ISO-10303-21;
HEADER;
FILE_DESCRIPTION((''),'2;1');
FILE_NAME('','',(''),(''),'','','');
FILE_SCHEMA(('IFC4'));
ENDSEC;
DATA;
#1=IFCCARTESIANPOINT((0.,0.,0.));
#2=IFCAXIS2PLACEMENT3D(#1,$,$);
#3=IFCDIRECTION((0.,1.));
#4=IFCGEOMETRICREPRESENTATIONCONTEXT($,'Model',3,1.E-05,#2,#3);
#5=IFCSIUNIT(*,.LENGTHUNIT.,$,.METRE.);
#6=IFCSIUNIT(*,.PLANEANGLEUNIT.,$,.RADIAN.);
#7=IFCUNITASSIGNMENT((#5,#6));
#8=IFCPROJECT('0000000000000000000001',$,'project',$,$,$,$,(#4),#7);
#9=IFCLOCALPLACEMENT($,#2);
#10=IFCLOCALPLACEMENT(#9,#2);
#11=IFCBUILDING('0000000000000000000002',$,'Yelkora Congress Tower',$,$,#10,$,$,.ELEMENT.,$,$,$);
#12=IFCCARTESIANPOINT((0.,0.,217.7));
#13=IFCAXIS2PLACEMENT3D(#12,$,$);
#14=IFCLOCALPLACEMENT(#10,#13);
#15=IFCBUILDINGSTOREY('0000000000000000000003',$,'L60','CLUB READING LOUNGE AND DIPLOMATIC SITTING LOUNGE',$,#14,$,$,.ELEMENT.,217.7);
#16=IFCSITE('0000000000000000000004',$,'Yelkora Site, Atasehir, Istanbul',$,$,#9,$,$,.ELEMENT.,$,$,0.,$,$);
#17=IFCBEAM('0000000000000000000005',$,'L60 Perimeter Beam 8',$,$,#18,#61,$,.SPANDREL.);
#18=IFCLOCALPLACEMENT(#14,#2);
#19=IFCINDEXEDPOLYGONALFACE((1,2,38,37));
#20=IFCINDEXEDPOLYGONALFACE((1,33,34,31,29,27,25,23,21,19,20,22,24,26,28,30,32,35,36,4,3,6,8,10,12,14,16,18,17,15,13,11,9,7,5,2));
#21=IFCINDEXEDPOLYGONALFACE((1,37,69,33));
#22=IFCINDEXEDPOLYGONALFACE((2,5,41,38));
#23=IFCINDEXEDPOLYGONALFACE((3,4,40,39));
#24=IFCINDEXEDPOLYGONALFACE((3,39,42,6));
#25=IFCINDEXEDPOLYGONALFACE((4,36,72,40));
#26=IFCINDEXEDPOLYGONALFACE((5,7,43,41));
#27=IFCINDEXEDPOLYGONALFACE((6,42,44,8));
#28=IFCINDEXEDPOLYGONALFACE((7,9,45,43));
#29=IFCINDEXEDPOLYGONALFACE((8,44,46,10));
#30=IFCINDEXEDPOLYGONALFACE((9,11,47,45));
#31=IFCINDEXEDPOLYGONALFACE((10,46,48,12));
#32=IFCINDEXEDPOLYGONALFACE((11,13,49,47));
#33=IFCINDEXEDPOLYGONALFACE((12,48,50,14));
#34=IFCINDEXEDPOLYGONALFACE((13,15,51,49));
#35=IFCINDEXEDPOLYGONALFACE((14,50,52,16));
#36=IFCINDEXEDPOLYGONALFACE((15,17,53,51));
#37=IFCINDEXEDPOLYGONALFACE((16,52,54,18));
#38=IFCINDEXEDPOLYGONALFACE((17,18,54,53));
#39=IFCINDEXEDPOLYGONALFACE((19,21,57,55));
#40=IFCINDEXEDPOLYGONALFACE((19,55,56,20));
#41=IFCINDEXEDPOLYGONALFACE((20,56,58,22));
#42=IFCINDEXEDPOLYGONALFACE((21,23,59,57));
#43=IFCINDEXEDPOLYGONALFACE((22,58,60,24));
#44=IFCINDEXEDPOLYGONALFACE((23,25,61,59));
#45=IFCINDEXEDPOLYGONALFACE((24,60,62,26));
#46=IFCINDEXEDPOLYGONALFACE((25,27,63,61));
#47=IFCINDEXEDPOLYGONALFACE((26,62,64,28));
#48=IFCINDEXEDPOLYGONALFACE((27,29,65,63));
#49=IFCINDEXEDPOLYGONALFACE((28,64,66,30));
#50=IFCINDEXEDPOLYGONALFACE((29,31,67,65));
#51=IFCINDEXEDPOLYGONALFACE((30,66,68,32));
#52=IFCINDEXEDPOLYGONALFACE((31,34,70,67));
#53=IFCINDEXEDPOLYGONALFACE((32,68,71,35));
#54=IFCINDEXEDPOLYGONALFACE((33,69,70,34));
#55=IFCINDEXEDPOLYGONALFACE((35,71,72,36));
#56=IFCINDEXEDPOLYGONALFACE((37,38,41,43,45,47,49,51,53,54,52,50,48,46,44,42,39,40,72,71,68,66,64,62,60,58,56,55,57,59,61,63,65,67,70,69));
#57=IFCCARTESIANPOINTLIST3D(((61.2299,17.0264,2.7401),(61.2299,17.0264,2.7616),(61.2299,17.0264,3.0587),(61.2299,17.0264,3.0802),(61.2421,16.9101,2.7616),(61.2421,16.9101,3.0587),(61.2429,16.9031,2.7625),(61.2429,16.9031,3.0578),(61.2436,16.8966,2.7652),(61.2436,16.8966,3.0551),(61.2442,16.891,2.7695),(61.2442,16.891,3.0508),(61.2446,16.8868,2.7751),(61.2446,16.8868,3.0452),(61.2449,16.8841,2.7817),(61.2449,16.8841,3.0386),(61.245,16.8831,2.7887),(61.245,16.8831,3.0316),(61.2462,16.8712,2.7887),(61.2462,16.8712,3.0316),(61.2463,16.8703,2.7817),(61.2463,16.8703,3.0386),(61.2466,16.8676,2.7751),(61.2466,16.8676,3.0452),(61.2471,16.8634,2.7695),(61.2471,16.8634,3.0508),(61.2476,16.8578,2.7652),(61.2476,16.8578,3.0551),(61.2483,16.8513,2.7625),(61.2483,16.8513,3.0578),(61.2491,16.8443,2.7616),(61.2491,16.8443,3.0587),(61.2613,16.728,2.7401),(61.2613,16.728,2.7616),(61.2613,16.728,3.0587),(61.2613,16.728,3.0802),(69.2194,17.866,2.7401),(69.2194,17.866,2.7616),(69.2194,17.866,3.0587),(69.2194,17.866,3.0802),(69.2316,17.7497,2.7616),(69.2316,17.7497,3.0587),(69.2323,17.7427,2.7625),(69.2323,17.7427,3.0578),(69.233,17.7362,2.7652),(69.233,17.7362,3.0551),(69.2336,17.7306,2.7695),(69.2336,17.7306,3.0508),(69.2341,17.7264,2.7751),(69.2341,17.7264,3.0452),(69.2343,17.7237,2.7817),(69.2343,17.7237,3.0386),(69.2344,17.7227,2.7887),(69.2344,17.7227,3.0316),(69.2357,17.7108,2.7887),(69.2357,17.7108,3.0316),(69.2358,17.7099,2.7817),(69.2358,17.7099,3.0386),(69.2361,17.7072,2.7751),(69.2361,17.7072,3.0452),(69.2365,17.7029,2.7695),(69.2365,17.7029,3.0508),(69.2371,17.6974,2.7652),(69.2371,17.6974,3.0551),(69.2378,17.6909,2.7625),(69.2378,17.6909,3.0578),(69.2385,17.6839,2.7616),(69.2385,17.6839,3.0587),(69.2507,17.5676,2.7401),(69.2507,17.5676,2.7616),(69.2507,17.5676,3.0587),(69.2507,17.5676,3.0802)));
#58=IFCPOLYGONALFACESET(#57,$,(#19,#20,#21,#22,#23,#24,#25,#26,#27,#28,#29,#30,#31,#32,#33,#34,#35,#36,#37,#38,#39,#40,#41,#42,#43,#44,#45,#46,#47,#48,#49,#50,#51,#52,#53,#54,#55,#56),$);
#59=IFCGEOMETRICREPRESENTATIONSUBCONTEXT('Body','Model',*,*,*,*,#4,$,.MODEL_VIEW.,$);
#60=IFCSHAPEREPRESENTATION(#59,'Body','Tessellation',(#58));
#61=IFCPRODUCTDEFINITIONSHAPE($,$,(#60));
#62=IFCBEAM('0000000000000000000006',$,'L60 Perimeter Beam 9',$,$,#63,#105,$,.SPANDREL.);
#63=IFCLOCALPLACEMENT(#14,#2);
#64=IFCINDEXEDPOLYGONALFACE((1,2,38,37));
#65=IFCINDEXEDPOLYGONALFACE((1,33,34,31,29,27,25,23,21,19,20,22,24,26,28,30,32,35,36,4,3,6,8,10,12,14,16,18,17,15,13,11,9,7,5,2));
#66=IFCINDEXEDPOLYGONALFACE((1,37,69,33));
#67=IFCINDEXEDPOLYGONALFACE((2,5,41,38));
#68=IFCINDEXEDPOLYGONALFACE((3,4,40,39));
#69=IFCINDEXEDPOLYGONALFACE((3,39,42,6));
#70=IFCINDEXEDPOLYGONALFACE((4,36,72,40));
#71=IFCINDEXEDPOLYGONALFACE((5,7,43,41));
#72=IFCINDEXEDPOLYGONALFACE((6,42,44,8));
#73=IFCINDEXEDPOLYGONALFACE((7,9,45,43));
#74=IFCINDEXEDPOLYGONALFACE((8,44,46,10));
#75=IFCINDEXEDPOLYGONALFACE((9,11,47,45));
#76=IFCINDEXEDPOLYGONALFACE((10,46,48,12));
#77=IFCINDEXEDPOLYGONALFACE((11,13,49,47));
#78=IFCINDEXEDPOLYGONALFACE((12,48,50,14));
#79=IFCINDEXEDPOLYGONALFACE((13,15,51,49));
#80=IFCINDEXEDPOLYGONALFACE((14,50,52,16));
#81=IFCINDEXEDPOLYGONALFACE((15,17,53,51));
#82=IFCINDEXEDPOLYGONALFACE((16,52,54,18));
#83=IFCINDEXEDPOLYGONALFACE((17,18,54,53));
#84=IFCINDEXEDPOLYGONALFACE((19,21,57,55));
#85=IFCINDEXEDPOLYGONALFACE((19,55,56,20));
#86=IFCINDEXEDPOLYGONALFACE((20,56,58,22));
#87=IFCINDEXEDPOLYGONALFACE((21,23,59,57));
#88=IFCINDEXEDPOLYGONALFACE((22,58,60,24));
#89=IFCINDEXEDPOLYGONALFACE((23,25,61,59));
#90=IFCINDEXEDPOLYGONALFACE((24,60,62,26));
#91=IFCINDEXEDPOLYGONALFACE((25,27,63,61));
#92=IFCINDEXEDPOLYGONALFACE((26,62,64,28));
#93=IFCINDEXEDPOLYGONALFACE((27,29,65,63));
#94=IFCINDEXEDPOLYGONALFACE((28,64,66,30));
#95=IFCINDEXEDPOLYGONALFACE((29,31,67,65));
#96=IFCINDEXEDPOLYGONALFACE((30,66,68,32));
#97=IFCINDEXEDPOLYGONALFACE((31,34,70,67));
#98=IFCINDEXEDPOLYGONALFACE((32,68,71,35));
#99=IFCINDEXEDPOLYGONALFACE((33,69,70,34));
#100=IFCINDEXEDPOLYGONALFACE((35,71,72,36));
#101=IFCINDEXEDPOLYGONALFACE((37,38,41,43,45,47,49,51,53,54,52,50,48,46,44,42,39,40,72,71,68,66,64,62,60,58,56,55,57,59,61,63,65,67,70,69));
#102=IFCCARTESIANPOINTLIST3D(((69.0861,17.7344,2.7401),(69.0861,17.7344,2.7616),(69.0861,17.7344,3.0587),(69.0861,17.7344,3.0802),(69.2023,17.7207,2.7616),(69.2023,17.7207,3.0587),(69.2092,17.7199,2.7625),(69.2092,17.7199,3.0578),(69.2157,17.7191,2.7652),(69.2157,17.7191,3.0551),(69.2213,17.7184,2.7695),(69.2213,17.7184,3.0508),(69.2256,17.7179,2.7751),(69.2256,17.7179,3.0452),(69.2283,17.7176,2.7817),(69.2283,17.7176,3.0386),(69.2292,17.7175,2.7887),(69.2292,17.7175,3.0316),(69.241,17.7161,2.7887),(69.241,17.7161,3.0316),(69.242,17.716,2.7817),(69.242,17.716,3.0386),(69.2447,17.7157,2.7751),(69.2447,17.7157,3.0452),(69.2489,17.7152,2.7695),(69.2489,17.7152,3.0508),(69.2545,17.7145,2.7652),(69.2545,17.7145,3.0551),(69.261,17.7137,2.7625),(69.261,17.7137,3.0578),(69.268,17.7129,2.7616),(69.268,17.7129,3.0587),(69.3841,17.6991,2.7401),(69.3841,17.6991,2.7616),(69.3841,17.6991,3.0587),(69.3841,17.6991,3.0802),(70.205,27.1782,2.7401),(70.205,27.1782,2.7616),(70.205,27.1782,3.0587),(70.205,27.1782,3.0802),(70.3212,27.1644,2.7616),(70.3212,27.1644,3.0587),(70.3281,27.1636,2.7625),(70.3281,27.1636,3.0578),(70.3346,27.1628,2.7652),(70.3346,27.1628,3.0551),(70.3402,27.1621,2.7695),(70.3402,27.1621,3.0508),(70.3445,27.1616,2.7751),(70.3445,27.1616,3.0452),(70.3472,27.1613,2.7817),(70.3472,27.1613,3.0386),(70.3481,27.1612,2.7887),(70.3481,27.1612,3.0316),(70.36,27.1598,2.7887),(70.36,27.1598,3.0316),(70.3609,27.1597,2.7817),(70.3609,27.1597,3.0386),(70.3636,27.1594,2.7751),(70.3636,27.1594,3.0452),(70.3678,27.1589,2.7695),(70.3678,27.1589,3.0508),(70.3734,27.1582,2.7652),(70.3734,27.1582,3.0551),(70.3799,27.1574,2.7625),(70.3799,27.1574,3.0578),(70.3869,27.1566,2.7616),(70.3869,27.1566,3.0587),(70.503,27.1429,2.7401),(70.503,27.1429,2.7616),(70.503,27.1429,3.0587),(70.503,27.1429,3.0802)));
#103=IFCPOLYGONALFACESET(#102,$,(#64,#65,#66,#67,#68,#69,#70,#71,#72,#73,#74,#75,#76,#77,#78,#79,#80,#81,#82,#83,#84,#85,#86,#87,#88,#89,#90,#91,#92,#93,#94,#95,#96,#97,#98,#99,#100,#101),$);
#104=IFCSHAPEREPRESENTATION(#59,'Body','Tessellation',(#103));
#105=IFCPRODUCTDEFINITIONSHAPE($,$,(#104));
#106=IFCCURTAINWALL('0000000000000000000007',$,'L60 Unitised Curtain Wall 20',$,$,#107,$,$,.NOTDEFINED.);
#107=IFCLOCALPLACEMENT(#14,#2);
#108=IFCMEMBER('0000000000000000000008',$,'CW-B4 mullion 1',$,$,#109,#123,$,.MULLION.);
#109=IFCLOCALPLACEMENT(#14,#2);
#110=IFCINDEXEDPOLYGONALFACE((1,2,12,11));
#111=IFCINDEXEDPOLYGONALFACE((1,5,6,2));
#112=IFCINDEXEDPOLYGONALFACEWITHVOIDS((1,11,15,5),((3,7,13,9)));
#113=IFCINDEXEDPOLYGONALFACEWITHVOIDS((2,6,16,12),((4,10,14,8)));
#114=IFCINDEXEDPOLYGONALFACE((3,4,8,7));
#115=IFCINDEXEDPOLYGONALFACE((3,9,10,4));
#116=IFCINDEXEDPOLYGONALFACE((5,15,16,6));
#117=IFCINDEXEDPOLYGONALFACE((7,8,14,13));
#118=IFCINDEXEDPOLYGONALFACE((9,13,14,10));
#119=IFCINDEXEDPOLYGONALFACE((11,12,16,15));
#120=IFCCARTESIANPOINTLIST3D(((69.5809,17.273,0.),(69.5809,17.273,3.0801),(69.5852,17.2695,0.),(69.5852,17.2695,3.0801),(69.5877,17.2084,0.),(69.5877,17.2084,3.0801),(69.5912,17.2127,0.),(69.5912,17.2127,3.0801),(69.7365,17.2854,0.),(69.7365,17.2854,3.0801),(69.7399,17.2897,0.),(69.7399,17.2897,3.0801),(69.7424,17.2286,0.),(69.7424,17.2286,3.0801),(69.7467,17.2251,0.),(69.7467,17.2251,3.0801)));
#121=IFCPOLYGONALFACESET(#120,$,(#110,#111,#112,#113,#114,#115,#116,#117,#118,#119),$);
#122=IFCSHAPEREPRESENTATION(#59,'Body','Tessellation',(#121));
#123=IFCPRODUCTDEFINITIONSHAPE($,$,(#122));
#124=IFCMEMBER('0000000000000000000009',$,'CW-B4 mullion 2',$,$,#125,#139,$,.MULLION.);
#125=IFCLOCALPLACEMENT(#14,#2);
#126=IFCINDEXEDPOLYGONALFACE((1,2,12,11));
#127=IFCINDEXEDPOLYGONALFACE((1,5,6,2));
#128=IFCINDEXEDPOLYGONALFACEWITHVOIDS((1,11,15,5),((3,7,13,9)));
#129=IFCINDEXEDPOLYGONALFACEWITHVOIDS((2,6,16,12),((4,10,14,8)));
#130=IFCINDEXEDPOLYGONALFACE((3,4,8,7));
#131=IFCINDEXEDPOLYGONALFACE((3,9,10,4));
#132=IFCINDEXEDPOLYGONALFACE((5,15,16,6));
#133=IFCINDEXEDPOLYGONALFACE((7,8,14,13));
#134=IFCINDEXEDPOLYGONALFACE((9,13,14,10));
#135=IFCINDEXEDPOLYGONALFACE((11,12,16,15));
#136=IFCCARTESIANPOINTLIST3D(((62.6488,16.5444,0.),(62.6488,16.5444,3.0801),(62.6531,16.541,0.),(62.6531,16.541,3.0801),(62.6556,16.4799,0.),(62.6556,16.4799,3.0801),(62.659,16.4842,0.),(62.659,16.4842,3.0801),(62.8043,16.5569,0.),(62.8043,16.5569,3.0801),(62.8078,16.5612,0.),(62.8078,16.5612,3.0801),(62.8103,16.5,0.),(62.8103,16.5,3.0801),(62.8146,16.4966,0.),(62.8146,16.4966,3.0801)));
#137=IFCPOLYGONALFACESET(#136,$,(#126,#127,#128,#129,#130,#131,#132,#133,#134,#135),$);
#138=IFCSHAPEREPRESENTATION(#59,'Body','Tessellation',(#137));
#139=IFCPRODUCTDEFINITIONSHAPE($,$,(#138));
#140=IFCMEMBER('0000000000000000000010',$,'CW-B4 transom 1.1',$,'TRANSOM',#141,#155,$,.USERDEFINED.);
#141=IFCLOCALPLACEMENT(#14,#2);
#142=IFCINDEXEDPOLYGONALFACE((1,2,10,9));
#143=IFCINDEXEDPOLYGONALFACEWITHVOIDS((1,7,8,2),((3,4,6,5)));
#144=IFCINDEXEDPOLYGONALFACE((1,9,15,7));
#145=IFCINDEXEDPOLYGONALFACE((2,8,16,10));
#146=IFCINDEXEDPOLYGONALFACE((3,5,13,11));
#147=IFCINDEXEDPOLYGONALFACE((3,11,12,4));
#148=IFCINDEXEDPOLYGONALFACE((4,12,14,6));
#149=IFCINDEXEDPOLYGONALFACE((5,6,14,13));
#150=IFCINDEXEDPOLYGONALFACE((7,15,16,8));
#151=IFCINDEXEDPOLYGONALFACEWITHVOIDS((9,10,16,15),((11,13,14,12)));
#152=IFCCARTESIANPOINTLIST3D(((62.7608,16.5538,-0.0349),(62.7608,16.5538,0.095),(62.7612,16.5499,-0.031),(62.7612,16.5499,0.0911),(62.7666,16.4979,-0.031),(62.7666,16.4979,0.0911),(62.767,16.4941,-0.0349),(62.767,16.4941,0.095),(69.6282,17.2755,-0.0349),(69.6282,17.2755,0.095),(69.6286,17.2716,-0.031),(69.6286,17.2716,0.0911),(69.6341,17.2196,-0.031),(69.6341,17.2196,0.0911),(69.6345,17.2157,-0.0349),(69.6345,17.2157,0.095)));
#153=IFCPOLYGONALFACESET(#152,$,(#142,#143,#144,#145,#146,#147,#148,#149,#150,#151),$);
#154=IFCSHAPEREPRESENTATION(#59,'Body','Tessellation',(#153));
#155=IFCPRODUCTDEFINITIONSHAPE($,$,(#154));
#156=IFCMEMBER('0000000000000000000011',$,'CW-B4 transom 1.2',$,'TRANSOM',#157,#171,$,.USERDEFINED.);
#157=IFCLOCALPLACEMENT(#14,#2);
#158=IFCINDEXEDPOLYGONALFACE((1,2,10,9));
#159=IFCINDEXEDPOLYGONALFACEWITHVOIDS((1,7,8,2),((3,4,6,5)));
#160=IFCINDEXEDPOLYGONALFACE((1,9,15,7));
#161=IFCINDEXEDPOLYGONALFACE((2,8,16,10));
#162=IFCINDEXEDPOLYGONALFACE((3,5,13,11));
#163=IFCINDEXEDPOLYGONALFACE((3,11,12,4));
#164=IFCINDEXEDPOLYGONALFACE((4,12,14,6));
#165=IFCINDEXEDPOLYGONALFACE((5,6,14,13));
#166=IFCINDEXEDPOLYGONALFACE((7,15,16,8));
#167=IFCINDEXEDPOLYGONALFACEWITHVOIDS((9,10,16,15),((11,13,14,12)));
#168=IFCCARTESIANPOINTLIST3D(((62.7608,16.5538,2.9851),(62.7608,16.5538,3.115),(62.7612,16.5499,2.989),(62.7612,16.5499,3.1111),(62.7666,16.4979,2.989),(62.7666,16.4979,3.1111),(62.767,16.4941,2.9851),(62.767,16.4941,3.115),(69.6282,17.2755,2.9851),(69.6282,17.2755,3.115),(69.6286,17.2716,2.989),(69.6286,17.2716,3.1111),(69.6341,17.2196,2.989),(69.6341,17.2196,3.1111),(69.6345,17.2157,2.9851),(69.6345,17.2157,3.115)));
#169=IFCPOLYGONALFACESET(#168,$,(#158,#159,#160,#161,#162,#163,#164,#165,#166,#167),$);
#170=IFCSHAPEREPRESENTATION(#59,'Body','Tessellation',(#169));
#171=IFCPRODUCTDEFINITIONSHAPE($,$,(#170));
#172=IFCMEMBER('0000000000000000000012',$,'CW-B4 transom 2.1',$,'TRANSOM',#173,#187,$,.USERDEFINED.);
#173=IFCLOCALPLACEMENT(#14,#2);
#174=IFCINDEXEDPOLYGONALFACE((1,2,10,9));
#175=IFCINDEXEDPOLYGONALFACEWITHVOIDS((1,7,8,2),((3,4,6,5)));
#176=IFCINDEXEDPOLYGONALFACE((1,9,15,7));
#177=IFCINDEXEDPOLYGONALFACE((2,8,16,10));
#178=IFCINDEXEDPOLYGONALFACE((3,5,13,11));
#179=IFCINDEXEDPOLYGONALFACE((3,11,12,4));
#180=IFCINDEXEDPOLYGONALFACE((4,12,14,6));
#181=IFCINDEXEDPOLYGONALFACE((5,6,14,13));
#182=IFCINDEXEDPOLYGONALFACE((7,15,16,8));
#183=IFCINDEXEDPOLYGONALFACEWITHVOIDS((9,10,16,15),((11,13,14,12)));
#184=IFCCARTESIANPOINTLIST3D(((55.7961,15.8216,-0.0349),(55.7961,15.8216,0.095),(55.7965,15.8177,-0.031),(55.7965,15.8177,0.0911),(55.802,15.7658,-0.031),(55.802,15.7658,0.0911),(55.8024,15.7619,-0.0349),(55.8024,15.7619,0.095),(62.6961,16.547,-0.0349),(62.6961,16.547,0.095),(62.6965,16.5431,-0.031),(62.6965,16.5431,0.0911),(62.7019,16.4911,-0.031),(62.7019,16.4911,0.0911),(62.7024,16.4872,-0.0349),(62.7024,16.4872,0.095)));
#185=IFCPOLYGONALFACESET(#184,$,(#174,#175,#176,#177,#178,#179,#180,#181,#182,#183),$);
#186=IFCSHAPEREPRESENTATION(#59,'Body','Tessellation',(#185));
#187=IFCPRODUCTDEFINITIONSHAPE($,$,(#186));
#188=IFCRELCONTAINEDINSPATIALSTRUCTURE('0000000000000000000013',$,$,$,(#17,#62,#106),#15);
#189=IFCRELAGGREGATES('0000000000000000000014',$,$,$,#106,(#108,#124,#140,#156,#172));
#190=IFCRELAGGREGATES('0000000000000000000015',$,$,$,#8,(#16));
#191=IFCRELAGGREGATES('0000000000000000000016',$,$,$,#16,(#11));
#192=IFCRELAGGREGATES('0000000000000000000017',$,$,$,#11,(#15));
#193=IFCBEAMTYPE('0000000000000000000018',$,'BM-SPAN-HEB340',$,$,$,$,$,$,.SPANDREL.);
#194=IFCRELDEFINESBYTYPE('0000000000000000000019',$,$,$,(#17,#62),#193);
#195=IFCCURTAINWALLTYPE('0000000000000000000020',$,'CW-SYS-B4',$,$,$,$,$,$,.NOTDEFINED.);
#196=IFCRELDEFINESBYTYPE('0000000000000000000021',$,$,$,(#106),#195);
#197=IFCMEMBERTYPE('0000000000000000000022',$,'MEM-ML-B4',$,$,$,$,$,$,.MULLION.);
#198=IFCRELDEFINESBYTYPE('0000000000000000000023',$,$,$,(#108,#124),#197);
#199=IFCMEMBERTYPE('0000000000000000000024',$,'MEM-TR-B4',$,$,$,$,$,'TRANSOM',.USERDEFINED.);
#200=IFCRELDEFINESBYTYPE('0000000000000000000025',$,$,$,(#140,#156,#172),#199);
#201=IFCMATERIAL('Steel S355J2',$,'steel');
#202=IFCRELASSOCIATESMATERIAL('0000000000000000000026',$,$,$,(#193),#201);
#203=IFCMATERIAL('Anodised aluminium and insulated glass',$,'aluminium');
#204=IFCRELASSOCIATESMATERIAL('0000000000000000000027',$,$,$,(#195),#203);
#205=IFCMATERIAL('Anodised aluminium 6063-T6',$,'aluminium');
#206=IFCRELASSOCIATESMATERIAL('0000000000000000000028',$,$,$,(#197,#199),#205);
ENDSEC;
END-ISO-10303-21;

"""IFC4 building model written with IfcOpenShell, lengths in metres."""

from ifc_helpers import new_model, si_unit, direction, frame, origin, origin_2d, place, context, subcontext, project, spatial, hollow_rectangle, i_section, extrude, material, material_profile, profile_set, type_object, element, aggregate, save


model = new_model("IFC4")

# Units and contexts
model_context = context("Model", 3, precision=1e-05, world=origin(), true_north=direction((0.0, 1.0)))
body_context = subcontext(model_context, "Body", "Model", "MODEL_VIEW")
ifc_project = project(units=[si_unit("LENGTHUNIT", "METRE"), si_unit("PLANEANGLEUNIT", "RADIAN")], contexts=[model_context])

# Site, building, storey
site_placement = place(None, origin())
site = spatial("IfcSite", under=ifc_project, at=site_placement, Name="Yelkora Site, Atasehir, Istanbul", CompositionType="ELEMENT", RefElevation=0.0)
building_placement = place(site_placement, origin())
building = spatial("IfcBuilding", under=site, at=building_placement, Name="Yelkora Congress Tower", CompositionType="ELEMENT")
storey_placement = place(building_placement, frame((0.0, 0.0, 217.7)))
storey = spatial("IfcBuildingStorey", under=building, at=storey_placement, Name="L60", Description="CLUB READING LOUNGE AND DIPLOMATIC SITTING LOUNGE", CompositionType="ELEMENT", Elevation=217.7)

# Shared definitions
ifc_material_1 = material(Name="Steel S355J2", Category="steel")

# Beams
ifc_material_profile_1 = material_profile(ifc_material_1, i_section(OverallWidth=0.3, OverallDepth=0.3401, WebThickness=0.012, FlangeThickness=0.0215, FilletRadius=0.0271, at=origin_2d()), Name="HEB 340")
ifc_profile_set_1 = profile_set([ifc_material_profile_1], Name="Steel S355J2")
beam_type_1 = type_object("IfcBeamType", Name="BM-SPAN-HEB340", PredefinedType="SPANDREL", material=ifc_profile_set_1)
beam_1_placement = place(storey_placement, frame((61.2456, 16.8772, 2.9102), z_axis=(0.994524, 0.104512, 0.0), x_axis=(-0.104512, 0.994524, 0.0)))
element("IfcBeam", 1, at=beam_1_placement, inside=storey, type_object=beam_type_1, Name="L60 Perimeter Beam 8", PredefinedType="SPANDREL", context=body_context, shape_type="SweptSolid", body=[
    extrude(i_section(OverallWidth=0.3, OverallDepth=0.3401, WebThickness=0.012, FlangeThickness=0.0215, FilletRadius=0.0271, at=origin_2d()), origin(), (0.0, 0.0, 1.0), 8.0334),
])
beam_2_placement = place(storey_placement, frame((69.2351, 17.7168, 2.9102), z_axis=(0.117659, 0.993054, 0.0), x_axis=(-0.993054, 0.117659, 0.0)))
element("IfcBeam", 2, at=beam_2_placement, inside=storey, type_object=beam_type_1, Name="L60 Perimeter Beam 9", PredefinedType="SPANDREL", context=body_context, shape_type="SweptSolid", body=[
    extrude(i_section(OverallWidth=0.3, OverallDepth=0.3401, WebThickness=0.012, FlangeThickness=0.0215, FilletRadius=0.0271, at=origin_2d()), origin(), (0.0, 0.0, 1.0), 9.5098),
])

# Curtain wall, members
ifc_material_2 = material(Name="Anodised aluminium and insulated glass", Category="aluminium")
curtain_wall_type = type_object("IfcCurtainWallType", Name="CW-SYS-B4", PredefinedType="NOTDEFINED", material=ifc_material_2)
curtain_wall_placement = place(storey_placement, origin())
curtain_wall = element("IfcCurtainWall", 3, at=curtain_wall_placement, inside=storey, type_object=curtain_wall_type, Name="L60 Unitised Curtain Wall 20", PredefinedType="NOTDEFINED")
ifc_material_3 = material(Name="Anodised aluminium 6063-T6", Category="aluminium")
ifc_material_profile_2 = material_profile(ifc_material_3, hollow_rectangle(XDim=0.0649, YDim=0.1599, WallThickness=0.0039, at=origin_2d()), Name="ALU 65x160x4")
ifc_profile_set_2 = profile_set([ifc_material_profile_2], Name="Anodised aluminium 6063-T6")
member_type_1 = type_object("IfcMemberType", Name="MEM-ML-B4", PredefinedType="MULLION", material=ifc_profile_set_2)
member_1_placement = place(storey_placement, frame((69.6638, 17.249, 0.0), z_axis=(0.0, 0.0, 1.0), x_axis=(0.104527, -0.994522, 0.0)))
member_1 = element("IfcMember", 4, at=member_1_placement, type_object=member_type_1, Name="CW-B4 mullion 1", PredefinedType="MULLION", context=body_context, shape_type="SweptSolid", body=[
    extrude(hollow_rectangle(XDim=0.0649, YDim=0.1599, WallThickness=0.0039, at=origin_2d()), origin(), (0.0, 0.0, 1.0), 3.0801),
])
member_2_placement = place(storey_placement, frame((62.7317, 16.5205, 0.0), z_axis=(0.0, 0.0, 1.0), x_axis=(0.104527, -0.994522, 0.0)))
member_2 = element("IfcMember", 5, at=member_2_placement, type_object=member_type_1, Name="CW-B4 mullion 2", PredefinedType="MULLION", context=body_context, shape_type="SweptSolid", body=[
    extrude(hollow_rectangle(XDim=0.0649, YDim=0.1599, WallThickness=0.0039, at=origin_2d()), origin(), (0.0, 0.0, 1.0), 3.0801),
])
ifc_material_profile_3 = material_profile(ifc_material_3, hollow_rectangle(XDim=0.0601, YDim=0.1299, WallThickness=0.0039, at=origin_2d()), Name="ALU 60x130x4")
ifc_profile_set_3 = profile_set([ifc_material_profile_3], Name="Anodised aluminium 6063-T6")
member_type_2 = type_object("IfcMemberType", Name="MEM-TR-B4", ElementType="TRANSOM", PredefinedType="USERDEFINED", material=ifc_profile_set_3)
member_3_placement = place(storey_placement, frame((69.6313, 17.2456, 0.03), z_axis=(-0.994524, -0.104512, 0.0), x_axis=(0.104512, -0.994524, 0.0)))
member_3 = element("IfcMember", 6, at=member_3_placement, type_object=member_type_2, Name="CW-B4 transom 1.1", ObjectType="TRANSOM", PredefinedType="USERDEFINED", context=body_context, shape_type="SweptSolid", body=[
    extrude(hollow_rectangle(XDim=0.0601, YDim=0.1299, WallThickness=0.0039, at=origin_2d()), origin(), (0.0, 0.0, 1.0), 6.9053),
])
member_4_placement = place(storey_placement, frame((69.6313, 17.2456, 3.05), z_axis=(-0.994524, -0.104512, 0.0), x_axis=(0.104512, -0.994524, 0.0)))
member_4 = element("IfcMember", 7, at=member_4_placement, type_object=member_type_2, Name="CW-B4 transom 1.2", ObjectType="TRANSOM", PredefinedType="USERDEFINED", context=body_context, shape_type="SweptSolid", body=[
    extrude(hollow_rectangle(XDim=0.0601, YDim=0.1299, WallThickness=0.0039, at=origin_2d()), origin(), (0.0, 0.0, 1.0), 6.9053),
])
member_5_placement = place(storey_placement, frame((62.6992, 16.5171, 0.03), z_axis=(-0.99452, -0.104547, 0.0), x_axis=(0.104547, -0.99452, 0.0)))
member_5 = element("IfcMember", 8, at=member_5_placement, type_object=member_type_2, Name="CW-B4 transom 2.1", ObjectType="TRANSOM", PredefinedType="USERDEFINED", context=body_context, shape_type="SweptSolid", body=[
    extrude(hollow_rectangle(XDim=0.0601, YDim=0.1299, WallThickness=0.0039, at=origin_2d()), origin(), (0.0, 0.0, 1.0), 6.938),
])
aggregate(curtain_wall, [member_1, member_2, member_3, member_4, member_5])

save(model, "model.ifc")
